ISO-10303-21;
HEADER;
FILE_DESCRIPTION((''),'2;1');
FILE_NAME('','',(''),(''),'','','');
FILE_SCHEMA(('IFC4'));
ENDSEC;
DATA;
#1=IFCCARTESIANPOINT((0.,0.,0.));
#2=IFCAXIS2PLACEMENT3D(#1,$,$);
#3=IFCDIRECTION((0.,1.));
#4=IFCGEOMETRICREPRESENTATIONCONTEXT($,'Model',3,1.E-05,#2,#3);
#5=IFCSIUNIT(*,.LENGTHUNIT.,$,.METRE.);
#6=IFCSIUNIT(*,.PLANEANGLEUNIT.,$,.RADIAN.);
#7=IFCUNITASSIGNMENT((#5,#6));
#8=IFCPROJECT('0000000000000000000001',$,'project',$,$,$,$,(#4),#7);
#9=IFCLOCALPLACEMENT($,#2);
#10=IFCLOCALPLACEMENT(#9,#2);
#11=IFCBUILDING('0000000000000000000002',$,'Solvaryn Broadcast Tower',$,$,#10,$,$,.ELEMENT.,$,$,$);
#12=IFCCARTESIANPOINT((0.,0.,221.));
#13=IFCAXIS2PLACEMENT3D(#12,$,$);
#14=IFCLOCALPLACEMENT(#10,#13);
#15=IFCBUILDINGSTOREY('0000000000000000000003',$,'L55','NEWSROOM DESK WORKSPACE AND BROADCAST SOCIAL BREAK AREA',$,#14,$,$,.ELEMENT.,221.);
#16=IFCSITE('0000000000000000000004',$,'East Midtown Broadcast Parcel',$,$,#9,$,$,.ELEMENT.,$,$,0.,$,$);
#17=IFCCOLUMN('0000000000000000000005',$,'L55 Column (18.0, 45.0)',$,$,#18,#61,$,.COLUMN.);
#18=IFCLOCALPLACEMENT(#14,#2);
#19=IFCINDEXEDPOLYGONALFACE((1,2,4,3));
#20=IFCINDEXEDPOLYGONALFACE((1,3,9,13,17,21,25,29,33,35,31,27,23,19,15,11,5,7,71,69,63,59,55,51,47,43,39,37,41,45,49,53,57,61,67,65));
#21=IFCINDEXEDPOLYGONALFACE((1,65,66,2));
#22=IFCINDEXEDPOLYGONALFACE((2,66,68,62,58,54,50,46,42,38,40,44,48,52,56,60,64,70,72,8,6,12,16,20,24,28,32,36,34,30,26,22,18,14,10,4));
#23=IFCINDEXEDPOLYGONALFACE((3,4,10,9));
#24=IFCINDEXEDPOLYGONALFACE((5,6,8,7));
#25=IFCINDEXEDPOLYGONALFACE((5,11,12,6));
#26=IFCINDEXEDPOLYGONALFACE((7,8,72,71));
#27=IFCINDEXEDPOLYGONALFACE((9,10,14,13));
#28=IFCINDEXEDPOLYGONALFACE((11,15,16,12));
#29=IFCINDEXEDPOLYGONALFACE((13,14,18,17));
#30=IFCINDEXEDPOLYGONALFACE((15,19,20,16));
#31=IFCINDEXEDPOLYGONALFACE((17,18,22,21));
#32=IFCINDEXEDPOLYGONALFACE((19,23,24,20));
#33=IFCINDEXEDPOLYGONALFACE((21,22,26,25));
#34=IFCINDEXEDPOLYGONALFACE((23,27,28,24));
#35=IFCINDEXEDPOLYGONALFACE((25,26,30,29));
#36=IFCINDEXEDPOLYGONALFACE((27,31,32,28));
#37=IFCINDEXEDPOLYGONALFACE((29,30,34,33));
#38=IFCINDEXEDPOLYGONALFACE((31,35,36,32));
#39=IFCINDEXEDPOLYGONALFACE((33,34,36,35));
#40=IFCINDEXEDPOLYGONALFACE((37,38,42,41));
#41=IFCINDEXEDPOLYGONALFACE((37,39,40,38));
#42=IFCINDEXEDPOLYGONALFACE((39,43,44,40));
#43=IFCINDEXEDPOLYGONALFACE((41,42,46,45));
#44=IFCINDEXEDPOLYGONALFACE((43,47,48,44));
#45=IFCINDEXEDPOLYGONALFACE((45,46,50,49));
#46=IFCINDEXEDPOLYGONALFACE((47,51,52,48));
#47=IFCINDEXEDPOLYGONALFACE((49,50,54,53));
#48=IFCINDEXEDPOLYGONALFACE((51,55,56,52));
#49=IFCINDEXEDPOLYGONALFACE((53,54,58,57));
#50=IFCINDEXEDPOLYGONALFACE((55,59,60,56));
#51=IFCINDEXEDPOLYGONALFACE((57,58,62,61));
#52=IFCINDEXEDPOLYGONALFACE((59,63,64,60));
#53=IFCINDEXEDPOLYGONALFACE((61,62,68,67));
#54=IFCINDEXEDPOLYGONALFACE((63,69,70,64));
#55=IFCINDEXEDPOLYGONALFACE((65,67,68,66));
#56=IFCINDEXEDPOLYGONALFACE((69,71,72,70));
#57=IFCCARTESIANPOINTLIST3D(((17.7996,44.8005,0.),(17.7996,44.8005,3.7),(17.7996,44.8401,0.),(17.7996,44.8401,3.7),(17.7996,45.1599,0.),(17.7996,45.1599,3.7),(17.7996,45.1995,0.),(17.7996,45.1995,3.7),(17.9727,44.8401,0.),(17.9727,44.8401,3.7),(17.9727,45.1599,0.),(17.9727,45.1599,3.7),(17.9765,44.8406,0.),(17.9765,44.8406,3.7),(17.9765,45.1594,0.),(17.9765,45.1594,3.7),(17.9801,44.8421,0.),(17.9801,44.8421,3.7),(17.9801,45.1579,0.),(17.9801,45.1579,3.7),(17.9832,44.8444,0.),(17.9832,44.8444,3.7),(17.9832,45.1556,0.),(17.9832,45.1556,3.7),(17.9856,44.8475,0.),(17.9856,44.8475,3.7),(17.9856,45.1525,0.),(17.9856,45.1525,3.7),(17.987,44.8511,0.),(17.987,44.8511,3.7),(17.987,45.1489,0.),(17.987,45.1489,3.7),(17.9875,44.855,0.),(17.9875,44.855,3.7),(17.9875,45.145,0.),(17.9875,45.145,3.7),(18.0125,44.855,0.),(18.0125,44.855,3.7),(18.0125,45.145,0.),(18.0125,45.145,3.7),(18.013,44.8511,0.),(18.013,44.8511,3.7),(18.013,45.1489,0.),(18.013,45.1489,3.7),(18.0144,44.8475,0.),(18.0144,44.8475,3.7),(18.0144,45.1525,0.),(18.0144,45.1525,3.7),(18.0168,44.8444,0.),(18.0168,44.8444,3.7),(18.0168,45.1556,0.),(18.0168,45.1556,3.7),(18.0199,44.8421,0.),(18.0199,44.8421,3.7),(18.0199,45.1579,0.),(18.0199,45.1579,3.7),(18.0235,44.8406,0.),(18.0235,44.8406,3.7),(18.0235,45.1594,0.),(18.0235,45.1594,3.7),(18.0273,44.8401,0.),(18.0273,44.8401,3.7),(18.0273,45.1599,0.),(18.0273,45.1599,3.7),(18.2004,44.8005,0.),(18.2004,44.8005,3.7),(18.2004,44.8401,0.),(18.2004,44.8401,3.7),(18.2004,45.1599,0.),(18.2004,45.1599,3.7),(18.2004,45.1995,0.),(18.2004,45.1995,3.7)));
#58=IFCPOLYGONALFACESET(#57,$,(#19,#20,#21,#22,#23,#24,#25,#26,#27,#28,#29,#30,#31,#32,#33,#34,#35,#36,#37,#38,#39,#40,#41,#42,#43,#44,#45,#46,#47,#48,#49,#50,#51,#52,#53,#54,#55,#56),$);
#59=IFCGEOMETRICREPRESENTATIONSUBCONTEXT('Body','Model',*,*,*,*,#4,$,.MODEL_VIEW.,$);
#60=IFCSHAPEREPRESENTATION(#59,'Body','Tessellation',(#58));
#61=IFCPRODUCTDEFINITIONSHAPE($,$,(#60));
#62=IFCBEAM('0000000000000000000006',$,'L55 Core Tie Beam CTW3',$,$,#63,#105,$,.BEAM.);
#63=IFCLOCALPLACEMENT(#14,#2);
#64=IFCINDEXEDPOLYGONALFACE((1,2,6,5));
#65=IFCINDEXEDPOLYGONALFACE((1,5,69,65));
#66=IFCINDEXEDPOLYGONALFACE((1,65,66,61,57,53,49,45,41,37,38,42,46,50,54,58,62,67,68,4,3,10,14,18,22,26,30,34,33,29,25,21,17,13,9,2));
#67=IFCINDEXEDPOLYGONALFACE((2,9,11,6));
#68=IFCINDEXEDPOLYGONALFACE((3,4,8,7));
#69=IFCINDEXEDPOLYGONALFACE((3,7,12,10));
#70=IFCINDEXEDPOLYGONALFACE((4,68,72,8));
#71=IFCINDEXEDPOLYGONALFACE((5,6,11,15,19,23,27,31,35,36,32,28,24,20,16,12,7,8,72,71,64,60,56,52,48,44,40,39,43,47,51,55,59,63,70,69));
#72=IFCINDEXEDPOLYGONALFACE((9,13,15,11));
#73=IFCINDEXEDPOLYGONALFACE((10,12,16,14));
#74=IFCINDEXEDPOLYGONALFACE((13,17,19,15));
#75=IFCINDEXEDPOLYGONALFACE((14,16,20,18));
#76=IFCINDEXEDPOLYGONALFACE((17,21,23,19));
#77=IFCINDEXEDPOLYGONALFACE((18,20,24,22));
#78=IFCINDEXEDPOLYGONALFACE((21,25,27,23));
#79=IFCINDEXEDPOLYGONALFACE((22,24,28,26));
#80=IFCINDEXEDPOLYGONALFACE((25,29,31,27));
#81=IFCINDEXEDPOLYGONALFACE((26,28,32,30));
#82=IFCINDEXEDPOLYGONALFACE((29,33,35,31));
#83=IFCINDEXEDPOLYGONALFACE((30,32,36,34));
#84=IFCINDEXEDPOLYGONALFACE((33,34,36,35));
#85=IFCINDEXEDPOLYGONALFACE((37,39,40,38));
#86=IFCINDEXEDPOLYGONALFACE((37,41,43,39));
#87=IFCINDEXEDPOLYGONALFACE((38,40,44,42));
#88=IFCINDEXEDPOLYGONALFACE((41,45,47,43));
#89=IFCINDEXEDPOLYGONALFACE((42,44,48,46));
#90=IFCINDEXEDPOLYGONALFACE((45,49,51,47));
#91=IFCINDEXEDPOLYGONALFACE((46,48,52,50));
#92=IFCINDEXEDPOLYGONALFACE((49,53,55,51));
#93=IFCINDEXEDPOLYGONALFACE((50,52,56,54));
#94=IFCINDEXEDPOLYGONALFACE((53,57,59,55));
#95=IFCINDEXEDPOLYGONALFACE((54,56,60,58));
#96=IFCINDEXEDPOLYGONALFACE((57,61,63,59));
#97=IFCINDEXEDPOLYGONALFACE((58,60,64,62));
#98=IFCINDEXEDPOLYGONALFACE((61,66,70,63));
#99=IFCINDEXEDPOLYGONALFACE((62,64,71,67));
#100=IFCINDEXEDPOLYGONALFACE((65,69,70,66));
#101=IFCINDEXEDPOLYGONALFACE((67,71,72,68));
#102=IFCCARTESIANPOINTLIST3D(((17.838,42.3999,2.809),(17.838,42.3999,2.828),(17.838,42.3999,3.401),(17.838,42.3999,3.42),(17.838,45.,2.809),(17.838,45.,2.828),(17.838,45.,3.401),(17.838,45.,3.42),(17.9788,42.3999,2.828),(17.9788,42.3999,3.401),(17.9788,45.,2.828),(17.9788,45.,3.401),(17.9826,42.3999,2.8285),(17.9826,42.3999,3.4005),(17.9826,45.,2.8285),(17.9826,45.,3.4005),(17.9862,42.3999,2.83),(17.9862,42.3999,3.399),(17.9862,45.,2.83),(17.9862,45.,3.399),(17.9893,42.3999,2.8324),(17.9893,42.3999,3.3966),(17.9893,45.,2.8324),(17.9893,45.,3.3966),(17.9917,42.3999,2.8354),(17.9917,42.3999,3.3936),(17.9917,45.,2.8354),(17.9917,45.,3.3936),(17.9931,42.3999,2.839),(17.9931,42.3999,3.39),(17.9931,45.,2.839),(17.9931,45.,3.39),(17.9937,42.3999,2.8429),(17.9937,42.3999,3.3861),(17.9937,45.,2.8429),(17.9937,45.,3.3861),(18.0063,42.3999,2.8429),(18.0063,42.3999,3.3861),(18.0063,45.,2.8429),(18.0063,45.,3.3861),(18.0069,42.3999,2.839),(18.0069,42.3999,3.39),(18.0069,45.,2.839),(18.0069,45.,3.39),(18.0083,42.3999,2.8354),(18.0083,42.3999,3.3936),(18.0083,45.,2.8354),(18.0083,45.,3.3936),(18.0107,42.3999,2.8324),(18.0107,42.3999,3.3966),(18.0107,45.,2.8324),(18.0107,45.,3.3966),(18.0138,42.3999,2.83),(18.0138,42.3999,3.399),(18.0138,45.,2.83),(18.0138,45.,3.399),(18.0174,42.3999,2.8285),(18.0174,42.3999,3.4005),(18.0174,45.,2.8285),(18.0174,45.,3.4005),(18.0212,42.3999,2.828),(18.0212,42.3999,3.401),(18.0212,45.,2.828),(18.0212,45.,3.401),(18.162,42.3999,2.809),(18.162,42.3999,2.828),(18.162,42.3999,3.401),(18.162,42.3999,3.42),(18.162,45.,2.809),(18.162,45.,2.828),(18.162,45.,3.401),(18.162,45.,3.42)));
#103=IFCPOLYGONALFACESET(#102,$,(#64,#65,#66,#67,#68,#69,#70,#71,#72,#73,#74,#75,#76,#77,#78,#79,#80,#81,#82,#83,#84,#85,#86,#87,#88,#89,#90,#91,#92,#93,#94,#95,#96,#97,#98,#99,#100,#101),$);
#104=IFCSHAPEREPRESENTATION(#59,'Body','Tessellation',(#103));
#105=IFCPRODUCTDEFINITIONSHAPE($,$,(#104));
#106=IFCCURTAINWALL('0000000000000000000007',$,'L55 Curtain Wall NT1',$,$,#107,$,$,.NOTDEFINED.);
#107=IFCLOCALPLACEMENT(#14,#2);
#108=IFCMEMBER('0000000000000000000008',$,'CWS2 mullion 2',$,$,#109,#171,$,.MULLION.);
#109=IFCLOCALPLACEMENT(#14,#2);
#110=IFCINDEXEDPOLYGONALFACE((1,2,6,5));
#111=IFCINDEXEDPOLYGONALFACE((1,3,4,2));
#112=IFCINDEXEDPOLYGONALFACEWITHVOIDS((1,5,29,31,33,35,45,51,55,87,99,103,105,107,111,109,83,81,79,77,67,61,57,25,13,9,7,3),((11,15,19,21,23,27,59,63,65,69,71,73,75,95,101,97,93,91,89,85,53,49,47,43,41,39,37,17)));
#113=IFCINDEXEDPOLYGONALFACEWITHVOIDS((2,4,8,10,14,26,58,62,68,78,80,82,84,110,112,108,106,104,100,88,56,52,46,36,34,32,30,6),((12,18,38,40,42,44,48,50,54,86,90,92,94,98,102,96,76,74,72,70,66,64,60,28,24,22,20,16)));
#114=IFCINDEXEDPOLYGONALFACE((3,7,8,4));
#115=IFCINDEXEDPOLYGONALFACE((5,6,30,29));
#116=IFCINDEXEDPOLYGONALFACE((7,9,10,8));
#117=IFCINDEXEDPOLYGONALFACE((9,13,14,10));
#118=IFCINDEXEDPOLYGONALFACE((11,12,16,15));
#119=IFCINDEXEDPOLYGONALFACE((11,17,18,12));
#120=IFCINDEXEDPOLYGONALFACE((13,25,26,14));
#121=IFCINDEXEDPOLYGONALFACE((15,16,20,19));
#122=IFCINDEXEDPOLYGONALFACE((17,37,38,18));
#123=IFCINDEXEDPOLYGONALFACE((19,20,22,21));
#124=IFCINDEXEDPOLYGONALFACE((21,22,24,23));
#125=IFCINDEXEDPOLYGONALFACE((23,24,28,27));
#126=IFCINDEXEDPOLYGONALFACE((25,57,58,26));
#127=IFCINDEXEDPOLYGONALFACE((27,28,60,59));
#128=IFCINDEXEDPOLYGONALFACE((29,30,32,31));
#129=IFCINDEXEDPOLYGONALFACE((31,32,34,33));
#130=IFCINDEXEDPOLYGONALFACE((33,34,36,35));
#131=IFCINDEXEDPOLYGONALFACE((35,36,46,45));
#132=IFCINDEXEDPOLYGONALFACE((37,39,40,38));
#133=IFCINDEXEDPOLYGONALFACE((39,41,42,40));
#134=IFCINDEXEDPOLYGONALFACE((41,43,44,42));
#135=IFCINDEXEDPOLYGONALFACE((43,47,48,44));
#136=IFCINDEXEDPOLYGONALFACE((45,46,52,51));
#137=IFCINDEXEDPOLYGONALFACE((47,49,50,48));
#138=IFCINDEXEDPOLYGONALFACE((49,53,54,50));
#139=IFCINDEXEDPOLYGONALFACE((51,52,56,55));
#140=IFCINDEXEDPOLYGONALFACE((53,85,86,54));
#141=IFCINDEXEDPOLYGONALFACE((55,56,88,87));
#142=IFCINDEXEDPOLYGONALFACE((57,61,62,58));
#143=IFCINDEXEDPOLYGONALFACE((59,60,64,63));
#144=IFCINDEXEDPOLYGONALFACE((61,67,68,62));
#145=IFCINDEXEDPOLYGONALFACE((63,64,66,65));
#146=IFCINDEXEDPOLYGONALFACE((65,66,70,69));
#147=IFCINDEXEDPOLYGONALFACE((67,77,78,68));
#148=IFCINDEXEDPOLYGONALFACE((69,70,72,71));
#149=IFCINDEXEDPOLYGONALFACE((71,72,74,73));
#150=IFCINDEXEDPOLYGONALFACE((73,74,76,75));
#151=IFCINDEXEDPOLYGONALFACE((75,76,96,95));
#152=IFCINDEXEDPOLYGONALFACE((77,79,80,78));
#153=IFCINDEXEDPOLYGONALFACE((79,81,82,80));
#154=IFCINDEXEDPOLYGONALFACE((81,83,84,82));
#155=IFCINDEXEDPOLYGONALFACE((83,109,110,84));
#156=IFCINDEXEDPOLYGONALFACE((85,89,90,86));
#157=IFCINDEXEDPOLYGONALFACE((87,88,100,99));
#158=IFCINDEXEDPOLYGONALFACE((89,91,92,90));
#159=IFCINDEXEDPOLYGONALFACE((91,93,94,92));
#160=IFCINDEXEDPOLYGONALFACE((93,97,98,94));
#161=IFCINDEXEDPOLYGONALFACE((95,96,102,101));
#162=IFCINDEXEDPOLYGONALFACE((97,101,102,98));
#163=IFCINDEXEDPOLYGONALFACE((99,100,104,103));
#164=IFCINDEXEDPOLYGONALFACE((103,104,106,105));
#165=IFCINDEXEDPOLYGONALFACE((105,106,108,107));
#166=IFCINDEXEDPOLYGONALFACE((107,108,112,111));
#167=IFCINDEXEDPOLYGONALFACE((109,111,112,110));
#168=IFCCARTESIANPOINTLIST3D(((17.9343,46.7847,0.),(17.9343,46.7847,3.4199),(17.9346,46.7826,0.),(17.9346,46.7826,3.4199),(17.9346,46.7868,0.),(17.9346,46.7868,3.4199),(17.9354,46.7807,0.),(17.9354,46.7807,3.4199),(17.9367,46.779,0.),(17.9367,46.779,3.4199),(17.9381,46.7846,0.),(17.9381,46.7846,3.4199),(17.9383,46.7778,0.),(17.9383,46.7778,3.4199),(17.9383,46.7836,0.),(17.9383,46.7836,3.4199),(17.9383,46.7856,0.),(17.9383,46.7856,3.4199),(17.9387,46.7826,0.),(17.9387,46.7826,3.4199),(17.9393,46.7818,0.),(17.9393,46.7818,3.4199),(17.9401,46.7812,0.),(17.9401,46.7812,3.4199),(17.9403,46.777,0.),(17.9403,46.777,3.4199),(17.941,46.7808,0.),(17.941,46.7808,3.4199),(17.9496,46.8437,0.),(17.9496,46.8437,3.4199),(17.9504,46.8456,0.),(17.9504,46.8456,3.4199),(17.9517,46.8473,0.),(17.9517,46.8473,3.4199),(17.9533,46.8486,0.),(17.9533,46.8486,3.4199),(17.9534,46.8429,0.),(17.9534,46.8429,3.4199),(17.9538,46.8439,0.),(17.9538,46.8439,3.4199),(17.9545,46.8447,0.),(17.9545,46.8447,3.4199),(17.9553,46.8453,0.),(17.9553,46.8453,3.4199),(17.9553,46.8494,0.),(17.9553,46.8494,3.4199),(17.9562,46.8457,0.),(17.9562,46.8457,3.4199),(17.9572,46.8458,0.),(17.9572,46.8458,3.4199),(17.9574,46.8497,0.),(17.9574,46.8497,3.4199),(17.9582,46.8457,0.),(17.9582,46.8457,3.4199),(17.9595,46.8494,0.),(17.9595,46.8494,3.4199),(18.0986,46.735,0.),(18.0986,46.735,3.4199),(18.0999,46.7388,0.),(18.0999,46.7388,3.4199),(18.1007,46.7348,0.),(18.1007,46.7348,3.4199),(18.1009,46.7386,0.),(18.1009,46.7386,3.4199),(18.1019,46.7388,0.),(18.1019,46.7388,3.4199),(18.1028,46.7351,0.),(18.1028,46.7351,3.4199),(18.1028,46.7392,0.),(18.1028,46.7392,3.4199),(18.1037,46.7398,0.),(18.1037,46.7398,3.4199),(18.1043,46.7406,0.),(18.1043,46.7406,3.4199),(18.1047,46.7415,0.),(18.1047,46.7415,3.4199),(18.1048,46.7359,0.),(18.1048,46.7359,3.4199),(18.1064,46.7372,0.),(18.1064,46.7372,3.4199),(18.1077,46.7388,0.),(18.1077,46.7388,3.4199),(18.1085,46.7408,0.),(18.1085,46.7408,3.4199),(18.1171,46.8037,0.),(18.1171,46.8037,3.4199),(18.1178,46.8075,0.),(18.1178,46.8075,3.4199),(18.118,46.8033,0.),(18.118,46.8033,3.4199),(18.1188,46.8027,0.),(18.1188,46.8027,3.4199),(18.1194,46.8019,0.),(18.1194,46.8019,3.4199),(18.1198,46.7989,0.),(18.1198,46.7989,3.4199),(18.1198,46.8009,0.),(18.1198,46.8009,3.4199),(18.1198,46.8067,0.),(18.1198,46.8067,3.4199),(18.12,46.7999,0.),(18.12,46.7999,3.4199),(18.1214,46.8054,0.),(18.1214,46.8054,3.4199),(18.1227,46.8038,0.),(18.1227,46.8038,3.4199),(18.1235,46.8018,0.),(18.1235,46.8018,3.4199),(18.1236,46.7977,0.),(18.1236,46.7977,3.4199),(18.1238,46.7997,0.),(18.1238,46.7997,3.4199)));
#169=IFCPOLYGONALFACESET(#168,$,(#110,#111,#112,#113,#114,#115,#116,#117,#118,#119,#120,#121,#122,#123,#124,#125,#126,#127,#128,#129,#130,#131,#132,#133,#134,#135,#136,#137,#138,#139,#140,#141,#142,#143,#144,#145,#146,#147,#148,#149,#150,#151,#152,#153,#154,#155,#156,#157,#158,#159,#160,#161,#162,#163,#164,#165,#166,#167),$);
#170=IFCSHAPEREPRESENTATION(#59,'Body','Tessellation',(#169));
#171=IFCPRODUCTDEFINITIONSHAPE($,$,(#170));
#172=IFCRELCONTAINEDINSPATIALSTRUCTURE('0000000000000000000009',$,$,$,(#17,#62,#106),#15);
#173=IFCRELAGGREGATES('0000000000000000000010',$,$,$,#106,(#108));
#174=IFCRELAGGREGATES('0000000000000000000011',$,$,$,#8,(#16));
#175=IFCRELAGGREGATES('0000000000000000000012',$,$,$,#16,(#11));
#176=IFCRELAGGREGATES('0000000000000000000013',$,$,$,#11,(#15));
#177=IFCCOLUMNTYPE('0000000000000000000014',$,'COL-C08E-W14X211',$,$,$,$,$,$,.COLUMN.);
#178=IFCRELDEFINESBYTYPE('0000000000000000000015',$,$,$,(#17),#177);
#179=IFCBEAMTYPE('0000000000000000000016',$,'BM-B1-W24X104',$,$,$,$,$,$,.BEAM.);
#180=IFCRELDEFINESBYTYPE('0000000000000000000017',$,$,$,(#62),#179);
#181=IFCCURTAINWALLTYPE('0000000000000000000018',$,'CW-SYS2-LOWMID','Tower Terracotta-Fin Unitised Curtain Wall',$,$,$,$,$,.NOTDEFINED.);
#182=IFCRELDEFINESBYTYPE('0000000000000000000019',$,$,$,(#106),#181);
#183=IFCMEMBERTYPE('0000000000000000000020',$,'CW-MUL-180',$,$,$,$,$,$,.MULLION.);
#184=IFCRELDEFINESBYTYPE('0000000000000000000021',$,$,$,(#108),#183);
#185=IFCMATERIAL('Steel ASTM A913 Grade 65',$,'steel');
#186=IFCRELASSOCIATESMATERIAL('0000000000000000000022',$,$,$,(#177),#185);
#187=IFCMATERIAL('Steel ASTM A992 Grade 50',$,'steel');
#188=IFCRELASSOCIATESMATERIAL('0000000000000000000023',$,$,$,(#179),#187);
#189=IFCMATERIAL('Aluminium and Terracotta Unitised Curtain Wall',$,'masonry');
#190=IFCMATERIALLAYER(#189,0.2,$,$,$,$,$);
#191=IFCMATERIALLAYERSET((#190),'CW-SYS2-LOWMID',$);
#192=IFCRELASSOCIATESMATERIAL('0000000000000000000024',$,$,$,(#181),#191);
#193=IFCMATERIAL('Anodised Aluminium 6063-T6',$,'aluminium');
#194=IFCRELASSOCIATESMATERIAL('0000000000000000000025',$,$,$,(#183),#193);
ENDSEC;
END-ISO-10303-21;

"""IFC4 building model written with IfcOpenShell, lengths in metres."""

from ifc_helpers import new_model, si_unit, direction, frame, origin, origin_2d, place, context, subcontext, project, spatial, hollow_rectangle, i_section, extrude, material, layer, layer_set, material_profile, profile_set, type_object, element, aggregate, save


model = new_model("IFC4")

# Units and contexts
model_context = context("Model", 3, precision=1e-05, world=origin(), true_north=direction((0.0, 1.0)))
body_context = subcontext(model_context, "Body", "Model", "MODEL_VIEW")
ifc_project = project(units=[si_unit("LENGTHUNIT", "METRE"), si_unit("PLANEANGLEUNIT", "RADIAN")], contexts=[model_context])

# Site, building, storey
site_placement = place(None, origin())
site = spatial("IfcSite", under=ifc_project, at=site_placement, Name="East Midtown Broadcast Parcel", CompositionType="ELEMENT", RefElevation=0.0)
building_placement = place(site_placement, origin())
building = spatial("IfcBuilding", under=site, at=building_placement, Name="Solvaryn Broadcast Tower", CompositionType="ELEMENT")
storey_placement = place(building_placement, frame((0.0, 0.0, 221.0)))
storey = spatial("IfcBuildingStorey", under=building, at=storey_placement, Name="L55", Description="NEWSROOM DESK WORKSPACE AND BROADCAST SOCIAL BREAK AREA", CompositionType="ELEMENT", Elevation=221.0)

# Column
ifc_material_1 = material(Name="Steel ASTM A913 Grade 65", Category="steel")
ifc_material_profile_1 = material_profile(ifc_material_1, i_section(OverallWidth=0.4009, OverallDepth=0.3989, WebThickness=0.0249, FlangeThickness=0.0396, FilletRadius=0.0149, at=origin_2d()))
ifc_profile_set_1 = profile_set([ifc_material_profile_1], Name="Steel ASTM A913 Grade 65")
column_type = type_object("IfcColumnType", Name="COL-C08E-W14X211", PredefinedType="COLUMN", material=ifc_profile_set_1)
column_placement = place(storey_placement, frame((18.0, 45.0, 0.0), z_axis=(0.0, 0.0, 1.0), x_axis=(1.0, 0.0, 0.0)))
element("IfcColumn", 1, at=column_placement, inside=storey, type_object=column_type, Name="L55 Column (18.0, 45.0)", PredefinedType="COLUMN", context=body_context, shape_type="SweptSolid", body=[
    extrude(i_section(OverallWidth=0.4009, OverallDepth=0.3989, WebThickness=0.0249, FlangeThickness=0.0396, FilletRadius=0.0149, at=origin_2d()), origin(), (0.0, 0.0, 1.0), 3.7),
])

# Beam
ifc_material_2 = material(Name="Steel ASTM A992 Grade 50", Category="steel")
ifc_material_profile_2 = material_profile(ifc_material_2, i_section(OverallWidth=0.324, OverallDepth=0.6111, WebThickness=0.0127, FlangeThickness=0.019, FilletRadius=0.0149, at=origin_2d()))
ifc_profile_set_2 = profile_set([ifc_material_profile_2], Name="Steel ASTM A992 Grade 50")
beam_type = type_object("IfcBeamType", Name="BM-B1-W24X104", PredefinedType="BEAM", material=ifc_profile_set_2)
beam_placement = place(storey_placement, frame((18.0, 42.3999, 3.1145), z_axis=(0.0, 1.0, 0.0), x_axis=(-1.0, 0.0, 0.0)))
element("IfcBeam", 2, at=beam_placement, inside=storey, type_object=beam_type, Name="L55 Core Tie Beam CTW3", PredefinedType="BEAM", context=body_context, shape_type="SweptSolid", body=[
    extrude(i_section(OverallWidth=0.324, OverallDepth=0.6111, WebThickness=0.0127, FlangeThickness=0.019, FilletRadius=0.0149, at=origin_2d()), origin(), (0.0, 0.0, 1.0), 2.6001),
])

# Curtain wall, member
ifc_material_3 = material(Name="Aluminium and Terracotta Unitised Curtain Wall", Category="masonry")
ifc_layer_1 = layer(ifc_material_3, 0.2)
ifc_layer_set_1 = layer_set([ifc_layer_1], Name="CW-SYS2-LOWMID")
curtain_wall_type = type_object("IfcCurtainWallType", Name="CW-SYS2-LOWMID", Description="Tower Terracotta-Fin Unitised Curtain Wall", PredefinedType="NOTDEFINED", material=ifc_layer_set_1)
curtain_wall_1_placement = place(storey_placement, origin())
curtain_wall_1 = element("IfcCurtainWall", 3, at=curtain_wall_1_placement, inside=storey, type_object=curtain_wall_type, Name="L55 Curtain Wall NT1", PredefinedType="NOTDEFINED")
ifc_material_4 = material(Name="Anodised Aluminium 6063-T6", Category="aluminium")
ifc_material_profile_3 = material_profile(ifc_material_4, hollow_rectangle(XDim=0.075, YDim=0.1799, WallThickness=0.0039, InnerFilletRadius=0.0039, OuterFilletRadius=0.0081, at=origin_2d()))
ifc_profile_set_3 = profile_set([ifc_material_profile_3], Name="Anodised Aluminium 6063-T6")
member_type_1 = type_object("IfcMemberType", Name="CW-MUL-180", PredefinedType="MULLION", material=ifc_profile_set_3)
member_1_placement = place(storey_placement, frame((18.0291, 46.7922, 0.0), z_axis=(0.0, 0.0, 1.0), x_axis=(-0.255893, -0.966705, 0.0)))
member_1 = element("IfcMember", 4, at=member_1_placement, type_object=member_type_1, Name="CWS2 mullion 2", PredefinedType="MULLION", context=body_context, shape_type="SweptSolid", body=[
    extrude(hollow_rectangle(XDim=0.075, YDim=0.1799, WallThickness=0.0039, InnerFilletRadius=0.0039, OuterFilletRadius=0.0081, at=origin_2d()), origin(), (0.0, 0.0, 1.0), 3.4199),
])

aggregate(curtain_wall_1, [member_1])

save(model, "model.ifc")
